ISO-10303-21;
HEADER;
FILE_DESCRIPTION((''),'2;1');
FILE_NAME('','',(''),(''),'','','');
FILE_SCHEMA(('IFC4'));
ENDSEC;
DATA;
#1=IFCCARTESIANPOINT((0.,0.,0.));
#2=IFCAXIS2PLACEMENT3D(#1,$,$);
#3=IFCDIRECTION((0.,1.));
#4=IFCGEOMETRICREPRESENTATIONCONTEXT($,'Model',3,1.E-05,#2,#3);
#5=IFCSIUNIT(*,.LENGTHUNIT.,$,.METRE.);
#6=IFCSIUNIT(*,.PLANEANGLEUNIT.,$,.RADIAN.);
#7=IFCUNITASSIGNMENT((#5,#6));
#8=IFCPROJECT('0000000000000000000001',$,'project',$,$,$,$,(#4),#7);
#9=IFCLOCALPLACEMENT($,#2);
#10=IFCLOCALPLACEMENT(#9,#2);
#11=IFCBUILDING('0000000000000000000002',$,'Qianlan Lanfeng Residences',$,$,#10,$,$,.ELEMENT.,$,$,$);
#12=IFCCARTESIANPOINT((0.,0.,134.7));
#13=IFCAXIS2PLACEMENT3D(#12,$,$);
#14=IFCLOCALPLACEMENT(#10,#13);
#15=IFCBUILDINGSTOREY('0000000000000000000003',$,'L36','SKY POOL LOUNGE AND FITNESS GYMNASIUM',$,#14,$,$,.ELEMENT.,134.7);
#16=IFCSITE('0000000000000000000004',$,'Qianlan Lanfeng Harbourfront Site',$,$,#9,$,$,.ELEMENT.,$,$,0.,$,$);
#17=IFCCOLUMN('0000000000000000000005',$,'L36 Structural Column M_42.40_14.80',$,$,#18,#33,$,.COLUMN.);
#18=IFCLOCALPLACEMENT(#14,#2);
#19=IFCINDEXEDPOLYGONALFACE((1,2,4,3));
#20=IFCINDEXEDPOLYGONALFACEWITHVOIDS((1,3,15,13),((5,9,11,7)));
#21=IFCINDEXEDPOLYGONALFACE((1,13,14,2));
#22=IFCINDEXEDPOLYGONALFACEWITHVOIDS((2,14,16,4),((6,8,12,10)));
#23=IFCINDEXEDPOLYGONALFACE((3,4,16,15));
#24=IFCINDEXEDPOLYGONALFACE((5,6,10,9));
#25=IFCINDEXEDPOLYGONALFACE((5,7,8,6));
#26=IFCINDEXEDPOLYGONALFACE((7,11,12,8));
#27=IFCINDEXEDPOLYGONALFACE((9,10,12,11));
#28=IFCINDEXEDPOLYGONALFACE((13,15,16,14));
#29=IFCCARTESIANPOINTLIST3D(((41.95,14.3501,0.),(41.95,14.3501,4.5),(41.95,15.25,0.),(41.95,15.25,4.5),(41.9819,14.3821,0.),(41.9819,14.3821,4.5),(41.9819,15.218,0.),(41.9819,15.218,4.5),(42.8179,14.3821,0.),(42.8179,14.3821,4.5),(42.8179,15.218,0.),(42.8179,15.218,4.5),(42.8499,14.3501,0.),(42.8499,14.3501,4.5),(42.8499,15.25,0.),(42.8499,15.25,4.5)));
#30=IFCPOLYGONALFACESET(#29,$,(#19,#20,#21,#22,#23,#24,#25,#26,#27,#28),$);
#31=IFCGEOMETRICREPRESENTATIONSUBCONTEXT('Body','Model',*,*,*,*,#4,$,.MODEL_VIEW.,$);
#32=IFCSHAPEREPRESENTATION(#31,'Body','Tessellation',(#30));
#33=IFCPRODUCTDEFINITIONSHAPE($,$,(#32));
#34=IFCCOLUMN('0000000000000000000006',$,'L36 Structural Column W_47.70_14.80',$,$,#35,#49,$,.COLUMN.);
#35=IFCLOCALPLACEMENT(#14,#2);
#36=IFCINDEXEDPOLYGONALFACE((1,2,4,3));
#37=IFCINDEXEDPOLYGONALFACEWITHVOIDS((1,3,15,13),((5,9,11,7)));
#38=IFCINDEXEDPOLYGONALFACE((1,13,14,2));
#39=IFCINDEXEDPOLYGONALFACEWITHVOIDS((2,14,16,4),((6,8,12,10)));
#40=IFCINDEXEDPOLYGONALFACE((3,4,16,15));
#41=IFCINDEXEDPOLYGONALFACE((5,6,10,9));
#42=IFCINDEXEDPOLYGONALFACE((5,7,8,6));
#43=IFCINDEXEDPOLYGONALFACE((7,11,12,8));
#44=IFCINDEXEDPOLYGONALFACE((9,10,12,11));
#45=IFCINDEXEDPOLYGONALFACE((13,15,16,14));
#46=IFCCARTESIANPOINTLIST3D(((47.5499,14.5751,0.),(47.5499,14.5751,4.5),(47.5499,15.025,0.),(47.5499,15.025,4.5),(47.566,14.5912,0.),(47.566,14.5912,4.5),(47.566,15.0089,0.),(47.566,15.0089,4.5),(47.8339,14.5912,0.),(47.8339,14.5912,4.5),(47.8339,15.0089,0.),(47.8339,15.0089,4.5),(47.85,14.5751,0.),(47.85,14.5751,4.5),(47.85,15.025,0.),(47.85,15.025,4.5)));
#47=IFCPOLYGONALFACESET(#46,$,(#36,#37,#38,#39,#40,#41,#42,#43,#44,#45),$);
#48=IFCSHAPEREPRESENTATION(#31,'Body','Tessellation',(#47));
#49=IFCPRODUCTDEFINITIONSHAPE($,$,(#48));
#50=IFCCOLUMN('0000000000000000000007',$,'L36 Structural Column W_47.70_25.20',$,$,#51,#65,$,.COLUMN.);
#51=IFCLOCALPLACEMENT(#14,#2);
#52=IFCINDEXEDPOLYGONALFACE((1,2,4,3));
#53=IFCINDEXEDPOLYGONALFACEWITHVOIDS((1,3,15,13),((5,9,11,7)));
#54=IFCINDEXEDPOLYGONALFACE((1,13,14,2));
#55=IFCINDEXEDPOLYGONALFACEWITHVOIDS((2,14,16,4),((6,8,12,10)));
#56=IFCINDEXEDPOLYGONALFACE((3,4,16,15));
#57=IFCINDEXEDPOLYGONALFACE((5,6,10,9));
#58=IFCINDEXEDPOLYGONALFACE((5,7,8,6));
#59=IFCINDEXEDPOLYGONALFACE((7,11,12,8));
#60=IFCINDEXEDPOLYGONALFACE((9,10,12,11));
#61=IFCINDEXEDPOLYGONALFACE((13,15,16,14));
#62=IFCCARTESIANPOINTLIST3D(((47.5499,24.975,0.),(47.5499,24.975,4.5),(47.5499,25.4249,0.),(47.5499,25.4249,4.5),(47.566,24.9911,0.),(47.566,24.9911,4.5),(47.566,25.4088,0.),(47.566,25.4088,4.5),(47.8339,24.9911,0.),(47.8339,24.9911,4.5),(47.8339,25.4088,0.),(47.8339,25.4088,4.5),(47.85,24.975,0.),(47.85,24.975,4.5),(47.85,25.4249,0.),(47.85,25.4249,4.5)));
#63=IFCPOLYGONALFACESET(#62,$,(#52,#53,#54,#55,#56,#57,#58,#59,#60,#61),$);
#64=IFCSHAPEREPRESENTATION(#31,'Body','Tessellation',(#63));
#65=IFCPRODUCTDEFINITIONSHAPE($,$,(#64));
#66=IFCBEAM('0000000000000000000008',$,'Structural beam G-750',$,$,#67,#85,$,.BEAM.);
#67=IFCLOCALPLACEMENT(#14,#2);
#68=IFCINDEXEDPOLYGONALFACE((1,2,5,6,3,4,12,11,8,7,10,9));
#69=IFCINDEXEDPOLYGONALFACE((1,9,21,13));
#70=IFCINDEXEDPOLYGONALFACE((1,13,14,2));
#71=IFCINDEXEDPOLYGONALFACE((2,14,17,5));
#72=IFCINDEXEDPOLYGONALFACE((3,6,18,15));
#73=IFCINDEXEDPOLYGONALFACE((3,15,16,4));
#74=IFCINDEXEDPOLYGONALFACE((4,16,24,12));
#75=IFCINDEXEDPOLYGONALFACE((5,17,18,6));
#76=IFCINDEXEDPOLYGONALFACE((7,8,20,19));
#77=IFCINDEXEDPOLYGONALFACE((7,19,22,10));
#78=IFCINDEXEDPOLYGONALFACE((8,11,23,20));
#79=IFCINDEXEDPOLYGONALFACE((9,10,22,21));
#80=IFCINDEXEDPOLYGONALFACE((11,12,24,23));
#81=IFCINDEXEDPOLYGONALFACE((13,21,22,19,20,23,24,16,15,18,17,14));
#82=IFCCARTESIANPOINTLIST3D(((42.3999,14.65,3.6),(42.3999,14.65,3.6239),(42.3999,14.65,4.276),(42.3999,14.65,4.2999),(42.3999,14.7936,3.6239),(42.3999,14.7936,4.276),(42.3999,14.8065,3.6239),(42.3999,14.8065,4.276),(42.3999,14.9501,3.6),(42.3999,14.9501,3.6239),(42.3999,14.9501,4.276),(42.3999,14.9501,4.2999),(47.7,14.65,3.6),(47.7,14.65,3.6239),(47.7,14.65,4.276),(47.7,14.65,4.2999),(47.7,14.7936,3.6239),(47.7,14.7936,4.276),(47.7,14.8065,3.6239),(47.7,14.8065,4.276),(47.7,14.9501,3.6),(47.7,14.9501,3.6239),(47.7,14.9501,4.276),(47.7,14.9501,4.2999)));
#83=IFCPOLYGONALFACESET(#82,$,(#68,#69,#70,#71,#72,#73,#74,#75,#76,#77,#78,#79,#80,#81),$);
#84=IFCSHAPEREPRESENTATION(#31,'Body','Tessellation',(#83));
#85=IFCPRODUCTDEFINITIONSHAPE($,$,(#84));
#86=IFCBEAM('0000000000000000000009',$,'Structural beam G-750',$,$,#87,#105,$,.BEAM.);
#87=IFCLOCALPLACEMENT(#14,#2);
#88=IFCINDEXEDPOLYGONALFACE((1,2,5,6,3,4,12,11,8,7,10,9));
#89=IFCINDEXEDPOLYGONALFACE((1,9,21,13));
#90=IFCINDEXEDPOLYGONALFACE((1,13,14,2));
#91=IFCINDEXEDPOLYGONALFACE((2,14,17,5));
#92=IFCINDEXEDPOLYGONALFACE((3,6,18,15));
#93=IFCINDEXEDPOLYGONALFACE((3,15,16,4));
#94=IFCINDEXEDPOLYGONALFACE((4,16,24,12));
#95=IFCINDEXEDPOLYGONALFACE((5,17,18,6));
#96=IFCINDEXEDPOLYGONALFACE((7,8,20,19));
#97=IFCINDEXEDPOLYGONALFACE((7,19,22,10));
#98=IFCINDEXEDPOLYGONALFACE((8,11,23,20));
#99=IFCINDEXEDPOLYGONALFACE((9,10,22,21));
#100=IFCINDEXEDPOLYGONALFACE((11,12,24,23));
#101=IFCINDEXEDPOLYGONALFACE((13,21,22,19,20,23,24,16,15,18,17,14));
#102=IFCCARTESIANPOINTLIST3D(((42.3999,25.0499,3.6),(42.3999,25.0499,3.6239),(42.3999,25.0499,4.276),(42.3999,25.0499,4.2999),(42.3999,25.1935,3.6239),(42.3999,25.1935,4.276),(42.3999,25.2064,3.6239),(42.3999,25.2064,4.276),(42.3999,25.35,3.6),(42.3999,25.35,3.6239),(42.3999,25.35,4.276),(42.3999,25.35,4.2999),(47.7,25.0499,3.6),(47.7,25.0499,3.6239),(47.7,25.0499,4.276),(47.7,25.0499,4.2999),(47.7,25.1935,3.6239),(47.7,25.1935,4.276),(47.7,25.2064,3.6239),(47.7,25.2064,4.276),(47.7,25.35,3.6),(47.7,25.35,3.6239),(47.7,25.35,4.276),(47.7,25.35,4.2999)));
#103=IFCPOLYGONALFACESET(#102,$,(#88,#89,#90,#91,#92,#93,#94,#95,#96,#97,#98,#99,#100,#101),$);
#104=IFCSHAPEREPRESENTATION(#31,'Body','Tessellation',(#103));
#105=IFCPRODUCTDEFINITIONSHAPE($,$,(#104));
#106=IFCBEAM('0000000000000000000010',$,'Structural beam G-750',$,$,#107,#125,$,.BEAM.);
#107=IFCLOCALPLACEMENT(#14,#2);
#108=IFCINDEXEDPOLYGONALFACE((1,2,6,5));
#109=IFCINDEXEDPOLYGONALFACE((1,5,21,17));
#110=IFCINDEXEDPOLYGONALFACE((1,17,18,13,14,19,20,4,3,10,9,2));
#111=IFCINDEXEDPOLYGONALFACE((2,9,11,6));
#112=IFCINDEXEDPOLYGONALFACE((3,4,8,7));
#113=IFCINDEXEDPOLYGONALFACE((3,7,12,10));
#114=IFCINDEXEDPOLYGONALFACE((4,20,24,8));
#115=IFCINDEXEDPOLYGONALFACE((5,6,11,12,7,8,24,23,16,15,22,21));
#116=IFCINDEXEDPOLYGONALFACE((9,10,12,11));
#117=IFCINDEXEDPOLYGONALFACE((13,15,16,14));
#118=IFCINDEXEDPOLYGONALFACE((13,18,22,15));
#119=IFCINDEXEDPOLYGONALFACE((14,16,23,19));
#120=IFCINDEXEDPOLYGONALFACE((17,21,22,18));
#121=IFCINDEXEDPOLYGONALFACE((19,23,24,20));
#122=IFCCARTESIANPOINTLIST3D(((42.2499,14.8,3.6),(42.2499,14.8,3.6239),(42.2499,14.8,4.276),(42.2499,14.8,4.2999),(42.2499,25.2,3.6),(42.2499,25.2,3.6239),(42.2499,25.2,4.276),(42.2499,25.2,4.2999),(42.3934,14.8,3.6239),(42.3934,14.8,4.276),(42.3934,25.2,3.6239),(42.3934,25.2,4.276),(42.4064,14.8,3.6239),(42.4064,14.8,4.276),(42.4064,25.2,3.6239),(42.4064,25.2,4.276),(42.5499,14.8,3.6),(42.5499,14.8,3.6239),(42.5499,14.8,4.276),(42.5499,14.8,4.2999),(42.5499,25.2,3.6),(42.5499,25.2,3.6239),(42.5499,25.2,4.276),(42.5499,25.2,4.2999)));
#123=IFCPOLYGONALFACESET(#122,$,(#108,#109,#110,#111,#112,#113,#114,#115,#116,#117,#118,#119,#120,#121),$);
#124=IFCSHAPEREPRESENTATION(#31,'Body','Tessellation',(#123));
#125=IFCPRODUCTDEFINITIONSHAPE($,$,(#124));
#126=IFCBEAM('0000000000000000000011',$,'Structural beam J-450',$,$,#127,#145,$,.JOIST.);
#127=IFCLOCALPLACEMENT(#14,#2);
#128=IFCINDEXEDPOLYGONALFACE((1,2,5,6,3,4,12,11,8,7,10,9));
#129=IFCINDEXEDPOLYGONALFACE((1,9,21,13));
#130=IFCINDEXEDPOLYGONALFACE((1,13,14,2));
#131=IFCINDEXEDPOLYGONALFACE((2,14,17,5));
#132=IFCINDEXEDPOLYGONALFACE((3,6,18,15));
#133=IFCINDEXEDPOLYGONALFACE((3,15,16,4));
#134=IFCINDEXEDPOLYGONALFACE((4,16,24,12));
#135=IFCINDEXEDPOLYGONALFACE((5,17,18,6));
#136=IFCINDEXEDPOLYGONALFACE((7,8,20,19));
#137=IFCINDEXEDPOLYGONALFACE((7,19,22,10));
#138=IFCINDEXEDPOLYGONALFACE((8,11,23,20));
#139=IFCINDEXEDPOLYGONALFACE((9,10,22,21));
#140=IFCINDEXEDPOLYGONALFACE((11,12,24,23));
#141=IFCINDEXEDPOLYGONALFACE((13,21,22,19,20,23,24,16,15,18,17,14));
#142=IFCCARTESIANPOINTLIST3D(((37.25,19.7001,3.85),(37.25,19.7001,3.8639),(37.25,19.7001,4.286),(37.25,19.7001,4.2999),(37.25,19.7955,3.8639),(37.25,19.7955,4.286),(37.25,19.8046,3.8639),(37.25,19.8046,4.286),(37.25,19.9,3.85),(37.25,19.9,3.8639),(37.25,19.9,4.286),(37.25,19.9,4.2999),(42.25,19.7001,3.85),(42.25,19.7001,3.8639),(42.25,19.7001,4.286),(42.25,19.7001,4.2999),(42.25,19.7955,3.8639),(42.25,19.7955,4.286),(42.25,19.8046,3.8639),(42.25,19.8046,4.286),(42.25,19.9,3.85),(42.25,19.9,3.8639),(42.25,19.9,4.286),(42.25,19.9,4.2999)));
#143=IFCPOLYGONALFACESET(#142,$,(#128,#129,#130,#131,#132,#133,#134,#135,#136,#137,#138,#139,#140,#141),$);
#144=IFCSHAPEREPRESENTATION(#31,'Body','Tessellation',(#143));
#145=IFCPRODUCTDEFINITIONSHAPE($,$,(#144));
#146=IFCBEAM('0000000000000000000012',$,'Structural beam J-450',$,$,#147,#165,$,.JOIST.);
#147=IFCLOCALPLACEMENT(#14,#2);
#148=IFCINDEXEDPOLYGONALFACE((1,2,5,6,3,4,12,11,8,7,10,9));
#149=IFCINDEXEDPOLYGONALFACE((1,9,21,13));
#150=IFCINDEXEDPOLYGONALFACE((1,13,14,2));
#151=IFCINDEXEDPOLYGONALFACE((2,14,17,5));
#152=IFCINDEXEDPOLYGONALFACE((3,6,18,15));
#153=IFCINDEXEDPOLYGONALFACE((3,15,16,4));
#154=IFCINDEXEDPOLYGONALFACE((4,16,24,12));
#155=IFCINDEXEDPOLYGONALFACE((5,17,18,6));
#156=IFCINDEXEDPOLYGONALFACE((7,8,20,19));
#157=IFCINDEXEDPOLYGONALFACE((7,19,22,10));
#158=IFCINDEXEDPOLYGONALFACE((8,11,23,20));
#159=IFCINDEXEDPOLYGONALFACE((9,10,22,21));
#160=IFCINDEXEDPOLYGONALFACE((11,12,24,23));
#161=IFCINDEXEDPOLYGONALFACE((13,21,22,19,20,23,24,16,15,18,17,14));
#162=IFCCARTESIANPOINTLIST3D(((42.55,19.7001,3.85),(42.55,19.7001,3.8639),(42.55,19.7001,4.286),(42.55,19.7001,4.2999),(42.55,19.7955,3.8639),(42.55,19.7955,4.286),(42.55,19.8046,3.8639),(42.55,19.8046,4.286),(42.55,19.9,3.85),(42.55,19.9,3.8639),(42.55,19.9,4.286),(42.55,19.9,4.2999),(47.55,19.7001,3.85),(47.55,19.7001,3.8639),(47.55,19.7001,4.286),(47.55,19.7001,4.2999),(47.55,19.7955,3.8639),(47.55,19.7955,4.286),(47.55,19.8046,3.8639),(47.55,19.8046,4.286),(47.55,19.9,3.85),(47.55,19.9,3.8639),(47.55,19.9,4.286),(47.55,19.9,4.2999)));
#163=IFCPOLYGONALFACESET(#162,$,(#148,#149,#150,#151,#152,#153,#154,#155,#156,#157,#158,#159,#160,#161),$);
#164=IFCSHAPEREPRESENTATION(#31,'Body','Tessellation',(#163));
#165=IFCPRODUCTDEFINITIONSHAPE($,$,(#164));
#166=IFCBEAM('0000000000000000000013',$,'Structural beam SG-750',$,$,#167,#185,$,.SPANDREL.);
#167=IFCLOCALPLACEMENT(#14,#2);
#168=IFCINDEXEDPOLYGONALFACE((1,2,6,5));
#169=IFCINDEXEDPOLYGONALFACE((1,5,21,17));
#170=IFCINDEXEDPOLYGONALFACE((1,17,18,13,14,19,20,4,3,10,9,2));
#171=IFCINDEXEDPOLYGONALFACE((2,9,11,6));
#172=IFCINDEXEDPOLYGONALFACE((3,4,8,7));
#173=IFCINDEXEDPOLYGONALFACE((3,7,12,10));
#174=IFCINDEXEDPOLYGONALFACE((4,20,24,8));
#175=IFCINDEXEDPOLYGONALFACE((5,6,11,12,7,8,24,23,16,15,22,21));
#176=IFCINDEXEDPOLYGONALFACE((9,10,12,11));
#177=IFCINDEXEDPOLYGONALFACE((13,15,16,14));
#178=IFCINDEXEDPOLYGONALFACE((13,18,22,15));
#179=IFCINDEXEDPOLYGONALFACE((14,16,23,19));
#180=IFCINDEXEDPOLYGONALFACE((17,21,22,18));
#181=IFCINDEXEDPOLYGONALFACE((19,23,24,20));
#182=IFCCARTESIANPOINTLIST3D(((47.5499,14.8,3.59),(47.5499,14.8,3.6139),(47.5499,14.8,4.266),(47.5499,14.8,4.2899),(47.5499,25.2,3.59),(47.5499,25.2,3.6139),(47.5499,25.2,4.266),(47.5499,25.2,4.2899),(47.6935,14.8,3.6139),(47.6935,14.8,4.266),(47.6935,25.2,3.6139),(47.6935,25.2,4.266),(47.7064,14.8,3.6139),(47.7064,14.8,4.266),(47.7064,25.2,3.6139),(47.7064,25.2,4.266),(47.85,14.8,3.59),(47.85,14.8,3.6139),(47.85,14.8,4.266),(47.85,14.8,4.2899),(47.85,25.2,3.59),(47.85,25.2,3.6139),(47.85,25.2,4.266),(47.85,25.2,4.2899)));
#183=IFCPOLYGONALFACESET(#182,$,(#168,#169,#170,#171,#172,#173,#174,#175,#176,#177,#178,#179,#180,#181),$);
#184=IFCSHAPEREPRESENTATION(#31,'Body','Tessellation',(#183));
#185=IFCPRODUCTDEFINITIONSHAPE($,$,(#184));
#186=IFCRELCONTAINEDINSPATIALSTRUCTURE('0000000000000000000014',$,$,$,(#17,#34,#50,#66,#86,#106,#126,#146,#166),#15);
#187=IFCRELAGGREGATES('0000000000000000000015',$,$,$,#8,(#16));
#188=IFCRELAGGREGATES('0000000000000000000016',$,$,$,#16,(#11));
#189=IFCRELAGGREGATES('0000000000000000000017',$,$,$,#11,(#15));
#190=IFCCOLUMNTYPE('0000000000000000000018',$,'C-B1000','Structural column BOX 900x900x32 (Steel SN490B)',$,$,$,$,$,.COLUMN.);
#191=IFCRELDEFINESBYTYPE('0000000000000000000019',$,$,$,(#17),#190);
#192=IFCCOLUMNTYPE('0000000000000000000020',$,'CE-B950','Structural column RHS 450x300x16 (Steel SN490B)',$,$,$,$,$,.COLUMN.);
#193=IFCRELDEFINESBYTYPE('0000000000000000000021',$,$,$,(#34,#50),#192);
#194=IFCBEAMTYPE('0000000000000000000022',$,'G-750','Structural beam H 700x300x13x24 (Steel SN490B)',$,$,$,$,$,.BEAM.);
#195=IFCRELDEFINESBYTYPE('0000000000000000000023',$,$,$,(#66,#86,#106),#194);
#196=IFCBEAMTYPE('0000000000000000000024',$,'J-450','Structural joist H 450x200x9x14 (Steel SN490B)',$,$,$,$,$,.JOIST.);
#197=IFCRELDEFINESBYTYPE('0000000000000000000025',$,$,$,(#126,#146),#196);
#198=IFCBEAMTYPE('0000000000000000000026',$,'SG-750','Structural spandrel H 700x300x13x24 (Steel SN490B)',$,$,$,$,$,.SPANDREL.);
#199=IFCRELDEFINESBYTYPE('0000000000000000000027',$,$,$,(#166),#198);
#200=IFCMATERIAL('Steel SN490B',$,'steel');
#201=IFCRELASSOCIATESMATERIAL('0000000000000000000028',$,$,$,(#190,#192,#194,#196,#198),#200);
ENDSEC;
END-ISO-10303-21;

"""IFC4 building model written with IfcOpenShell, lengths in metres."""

from ifc_helpers import new_model, si_unit, direction, frame, origin, origin_2d, place, context, subcontext, project, spatial, hollow_rectangle, i_section, extrude, material, material_profile, profile_set, type_object, element, save


model = new_model("IFC4")

# Units and contexts
model_context = context("Model", 3, precision=1e-05, world=origin(), true_north=direction((0.0, 1.0)))
body_context = subcontext(model_context, "Body", "Model", "MODEL_VIEW")
ifc_project = project(units=[si_unit("LENGTHUNIT", "METRE"), si_unit("PLANEANGLEUNIT", "RADIAN")], contexts=[model_context])

# Site, building, storey
site_placement = place(None, origin())
site = spatial("IfcSite", under=ifc_project, at=site_placement, Name="Qianlan Lanfeng Harbourfront Site", CompositionType="ELEMENT", RefElevation=0.0)
building_placement = place(site_placement, origin())
building = spatial("IfcBuilding", under=site, at=building_placement, Name="Qianlan Lanfeng Residences", CompositionType="ELEMENT")
storey_placement = place(building_placement, frame((0.0, 0.0, 134.7)))
storey = spatial("IfcBuildingStorey", under=building, at=storey_placement, Name="L36", Description="SKY POOL LOUNGE AND FITNESS GYMNASIUM", CompositionType="ELEMENT", Elevation=134.7)

# Columns
ifc_material_1 = material(Name="Steel SN490B", Category="steel")
ifc_material_profile_1 = material_profile(ifc_material_1, hollow_rectangle(XDim=0.8999, YDim=0.8999, WallThickness=0.032, at=origin_2d()), Name="BOX 900x900x32")
ifc_profile_set_1 = profile_set([ifc_material_profile_1], Name="Steel SN490B")
column_type_1 = type_object("IfcColumnType", Name="C-B1000", Description="Structural column BOX 900x900x32 (Steel SN490B)", PredefinedType="COLUMN", material=ifc_profile_set_1)
column_placement = place(storey_placement, frame((42.3999, 14.8, 0.0), z_axis=(0.0, 0.0, 1.0), x_axis=(1.0, 0.0, 0.0)))
element("IfcColumn", 1, at=column_placement, inside=storey, type_object=column_type_1, Name="L36 Structural Column M_42.40_14.80", PredefinedType="COLUMN", context=body_context, shape_type="SweptSolid", body=[
    extrude(hollow_rectangle(XDim=0.8999, YDim=0.8999, WallThickness=0.032, at=origin_2d()), origin(), (0.0, 0.0, 1.0), 4.5),
])
ifc_material_profile_2 = material_profile(ifc_material_1, hollow_rectangle(XDim=0.3, YDim=0.45, WallThickness=0.0161, at=origin_2d()), Name="RHS 450x300x16")
ifc_profile_set_2 = profile_set([ifc_material_profile_2], Name="Steel SN490B")
column_type_2 = type_object("IfcColumnType", Name="CE-B950", Description="Structural column RHS 450x300x16 (Steel SN490B)", PredefinedType="COLUMN", material=ifc_profile_set_2)
for number, where, z_axis, x_axis, name in (
    (2, (47.7, 14.8, 0.0), (0.0, 0.0, 1.0), (1.0, 0.0, 0.0), "L36 Structural Column W_47.70_14.80"),
    (3, (47.7, 25.2, 0.0), (0.0, 0.0, 1.0), (1.0, 0.0, 0.0), "L36 Structural Column W_47.70_25.20"),
):
    element("IfcColumn", number, at=place(storey_placement, frame(where, z_axis=z_axis, x_axis=x_axis)), inside=storey, type_object=column_type_2, Name=name, PredefinedType="COLUMN", context=body_context, shape_type="SweptSolid", body=[
        extrude(hollow_rectangle(XDim=0.3, YDim=0.45, WallThickness=0.0161, at=origin_2d()), origin(), (0.0, 0.0, 1.0), 4.5),
    ])

# Beams
ifc_material_profile_3 = material_profile(ifc_material_1, i_section(OverallWidth=0.3, OverallDepth=0.7, WebThickness=0.0129, FlangeThickness=0.0239, at=origin_2d()), Name="H 700x300x13x24")
ifc_profile_set_3 = profile_set([ifc_material_profile_3], Name="Steel SN490B")
beam_type_1 = type_object("IfcBeamType", Name="G-750", Description="Structural beam H 700x300x13x24 (Steel SN490B)", PredefinedType="BEAM", material=ifc_profile_set_3)
for number, where, z_axis, x_axis, name in (
    (4, (42.3999, 14.8, 3.95), (1.0, 0.0, 0.0), (0.0, 1.0, 0.0), "Structural beam G-750"),
    (5, (42.3999, 25.2, 3.95), (1.0, 0.0, 0.0), (0.0, 1.0, 0.0), "Structural beam G-750"),
):
    element("IfcBeam", number, at=place(storey_placement, frame(where, z_axis=z_axis, x_axis=x_axis)), inside=storey, type_object=beam_type_1, Name=name, PredefinedType="BEAM", context=body_context, shape_type="SweptSolid", body=[
        extrude(i_section(OverallWidth=0.3, OverallDepth=0.7, WebThickness=0.0129, FlangeThickness=0.0239, at=origin_2d()), origin(), (0.0, 0.0, 1.0), 5.3),
    ])
beam_1_placement = place(storey_placement, frame((42.3999, 14.8, 3.95), z_axis=(0.0, 1.0, 0.0), x_axis=(-1.0, 0.0, 0.0)))
element("IfcBeam", 6, at=beam_1_placement, inside=storey, type_object=beam_type_1, Name="Structural beam G-750", PredefinedType="BEAM", context=body_context, shape_type="SweptSolid", body=[
    extrude(i_section(OverallWidth=0.3, OverallDepth=0.7, WebThickness=0.0129, FlangeThickness=0.0239, at=origin_2d()), origin(), (0.0, 0.0, 1.0), 10.3999),
])
ifc_material_profile_4 = material_profile(ifc_material_1, i_section(OverallWidth=0.2, OverallDepth=0.45, WebThickness=0.009, FlangeThickness=0.0139, at=origin_2d()), Name="H 450x200x9x14")
ifc_profile_set_4 = profile_set([ifc_material_profile_4], Name="Steel SN490B")
beam_type_2 = type_object("IfcBeamType", Name="J-450", Description="Structural joist H 450x200x9x14 (Steel SN490B)", PredefinedType="JOIST", material=ifc_profile_set_4)
for number, where, z_axis, x_axis, name in (
    (7, (37.25, 19.8, 4.075), (1.0, 0.0, 0.0), (0.0, 1.0, 0.0), "Structural beam J-450"),
    (8, (42.55, 19.8, 4.075), (1.0, 0.0, 0.0), (0.0, 1.0, 0.0), "Structural beam J-450"),
):
    element("IfcBeam", number, at=place(storey_placement, frame(where, z_axis=z_axis, x_axis=x_axis)), inside=storey, type_object=beam_type_2, Name=name, PredefinedType="JOIST", context=body_context, shape_type="SweptSolid", body=[
        extrude(i_section(OverallWidth=0.2, OverallDepth=0.45, WebThickness=0.009, FlangeThickness=0.0139, at=origin_2d()), origin(), (0.0, 0.0, 1.0), 5.0),
    ])
ifc_material_profile_5 = material_profile(ifc_material_1, i_section(OverallWidth=0.3, OverallDepth=0.7, WebThickness=0.0129, FlangeThickness=0.0239, at=origin_2d()), Name="H 700x300x13x24")
ifc_profile_set_5 = profile_set([ifc_material_profile_5], Name="Steel SN490B")
beam_type_3 = type_object("IfcBeamType", Name="SG-750", Description="Structural spandrel H 700x300x13x24 (Steel SN490B)", PredefinedType="SPANDREL", material=ifc_profile_set_5)
beam_2_placement = place(storey_placement, frame((47.7, 14.8, 3.9399), z_axis=(0.0, 1.0, 0.0), x_axis=(-1.0, 0.0, 0.0)))
element("IfcBeam", 9, at=beam_2_placement, inside=storey, type_object=beam_type_3, Name="Structural beam SG-750", PredefinedType="SPANDREL", context=body_context, shape_type="SweptSolid", body=[
    extrude(i_section(OverallWidth=0.3, OverallDepth=0.7, WebThickness=0.0129, FlangeThickness=0.0239, at=origin_2d()), origin(), (0.0, 0.0, 1.0), 10.3999),
])

save(model, "model.ifc")
